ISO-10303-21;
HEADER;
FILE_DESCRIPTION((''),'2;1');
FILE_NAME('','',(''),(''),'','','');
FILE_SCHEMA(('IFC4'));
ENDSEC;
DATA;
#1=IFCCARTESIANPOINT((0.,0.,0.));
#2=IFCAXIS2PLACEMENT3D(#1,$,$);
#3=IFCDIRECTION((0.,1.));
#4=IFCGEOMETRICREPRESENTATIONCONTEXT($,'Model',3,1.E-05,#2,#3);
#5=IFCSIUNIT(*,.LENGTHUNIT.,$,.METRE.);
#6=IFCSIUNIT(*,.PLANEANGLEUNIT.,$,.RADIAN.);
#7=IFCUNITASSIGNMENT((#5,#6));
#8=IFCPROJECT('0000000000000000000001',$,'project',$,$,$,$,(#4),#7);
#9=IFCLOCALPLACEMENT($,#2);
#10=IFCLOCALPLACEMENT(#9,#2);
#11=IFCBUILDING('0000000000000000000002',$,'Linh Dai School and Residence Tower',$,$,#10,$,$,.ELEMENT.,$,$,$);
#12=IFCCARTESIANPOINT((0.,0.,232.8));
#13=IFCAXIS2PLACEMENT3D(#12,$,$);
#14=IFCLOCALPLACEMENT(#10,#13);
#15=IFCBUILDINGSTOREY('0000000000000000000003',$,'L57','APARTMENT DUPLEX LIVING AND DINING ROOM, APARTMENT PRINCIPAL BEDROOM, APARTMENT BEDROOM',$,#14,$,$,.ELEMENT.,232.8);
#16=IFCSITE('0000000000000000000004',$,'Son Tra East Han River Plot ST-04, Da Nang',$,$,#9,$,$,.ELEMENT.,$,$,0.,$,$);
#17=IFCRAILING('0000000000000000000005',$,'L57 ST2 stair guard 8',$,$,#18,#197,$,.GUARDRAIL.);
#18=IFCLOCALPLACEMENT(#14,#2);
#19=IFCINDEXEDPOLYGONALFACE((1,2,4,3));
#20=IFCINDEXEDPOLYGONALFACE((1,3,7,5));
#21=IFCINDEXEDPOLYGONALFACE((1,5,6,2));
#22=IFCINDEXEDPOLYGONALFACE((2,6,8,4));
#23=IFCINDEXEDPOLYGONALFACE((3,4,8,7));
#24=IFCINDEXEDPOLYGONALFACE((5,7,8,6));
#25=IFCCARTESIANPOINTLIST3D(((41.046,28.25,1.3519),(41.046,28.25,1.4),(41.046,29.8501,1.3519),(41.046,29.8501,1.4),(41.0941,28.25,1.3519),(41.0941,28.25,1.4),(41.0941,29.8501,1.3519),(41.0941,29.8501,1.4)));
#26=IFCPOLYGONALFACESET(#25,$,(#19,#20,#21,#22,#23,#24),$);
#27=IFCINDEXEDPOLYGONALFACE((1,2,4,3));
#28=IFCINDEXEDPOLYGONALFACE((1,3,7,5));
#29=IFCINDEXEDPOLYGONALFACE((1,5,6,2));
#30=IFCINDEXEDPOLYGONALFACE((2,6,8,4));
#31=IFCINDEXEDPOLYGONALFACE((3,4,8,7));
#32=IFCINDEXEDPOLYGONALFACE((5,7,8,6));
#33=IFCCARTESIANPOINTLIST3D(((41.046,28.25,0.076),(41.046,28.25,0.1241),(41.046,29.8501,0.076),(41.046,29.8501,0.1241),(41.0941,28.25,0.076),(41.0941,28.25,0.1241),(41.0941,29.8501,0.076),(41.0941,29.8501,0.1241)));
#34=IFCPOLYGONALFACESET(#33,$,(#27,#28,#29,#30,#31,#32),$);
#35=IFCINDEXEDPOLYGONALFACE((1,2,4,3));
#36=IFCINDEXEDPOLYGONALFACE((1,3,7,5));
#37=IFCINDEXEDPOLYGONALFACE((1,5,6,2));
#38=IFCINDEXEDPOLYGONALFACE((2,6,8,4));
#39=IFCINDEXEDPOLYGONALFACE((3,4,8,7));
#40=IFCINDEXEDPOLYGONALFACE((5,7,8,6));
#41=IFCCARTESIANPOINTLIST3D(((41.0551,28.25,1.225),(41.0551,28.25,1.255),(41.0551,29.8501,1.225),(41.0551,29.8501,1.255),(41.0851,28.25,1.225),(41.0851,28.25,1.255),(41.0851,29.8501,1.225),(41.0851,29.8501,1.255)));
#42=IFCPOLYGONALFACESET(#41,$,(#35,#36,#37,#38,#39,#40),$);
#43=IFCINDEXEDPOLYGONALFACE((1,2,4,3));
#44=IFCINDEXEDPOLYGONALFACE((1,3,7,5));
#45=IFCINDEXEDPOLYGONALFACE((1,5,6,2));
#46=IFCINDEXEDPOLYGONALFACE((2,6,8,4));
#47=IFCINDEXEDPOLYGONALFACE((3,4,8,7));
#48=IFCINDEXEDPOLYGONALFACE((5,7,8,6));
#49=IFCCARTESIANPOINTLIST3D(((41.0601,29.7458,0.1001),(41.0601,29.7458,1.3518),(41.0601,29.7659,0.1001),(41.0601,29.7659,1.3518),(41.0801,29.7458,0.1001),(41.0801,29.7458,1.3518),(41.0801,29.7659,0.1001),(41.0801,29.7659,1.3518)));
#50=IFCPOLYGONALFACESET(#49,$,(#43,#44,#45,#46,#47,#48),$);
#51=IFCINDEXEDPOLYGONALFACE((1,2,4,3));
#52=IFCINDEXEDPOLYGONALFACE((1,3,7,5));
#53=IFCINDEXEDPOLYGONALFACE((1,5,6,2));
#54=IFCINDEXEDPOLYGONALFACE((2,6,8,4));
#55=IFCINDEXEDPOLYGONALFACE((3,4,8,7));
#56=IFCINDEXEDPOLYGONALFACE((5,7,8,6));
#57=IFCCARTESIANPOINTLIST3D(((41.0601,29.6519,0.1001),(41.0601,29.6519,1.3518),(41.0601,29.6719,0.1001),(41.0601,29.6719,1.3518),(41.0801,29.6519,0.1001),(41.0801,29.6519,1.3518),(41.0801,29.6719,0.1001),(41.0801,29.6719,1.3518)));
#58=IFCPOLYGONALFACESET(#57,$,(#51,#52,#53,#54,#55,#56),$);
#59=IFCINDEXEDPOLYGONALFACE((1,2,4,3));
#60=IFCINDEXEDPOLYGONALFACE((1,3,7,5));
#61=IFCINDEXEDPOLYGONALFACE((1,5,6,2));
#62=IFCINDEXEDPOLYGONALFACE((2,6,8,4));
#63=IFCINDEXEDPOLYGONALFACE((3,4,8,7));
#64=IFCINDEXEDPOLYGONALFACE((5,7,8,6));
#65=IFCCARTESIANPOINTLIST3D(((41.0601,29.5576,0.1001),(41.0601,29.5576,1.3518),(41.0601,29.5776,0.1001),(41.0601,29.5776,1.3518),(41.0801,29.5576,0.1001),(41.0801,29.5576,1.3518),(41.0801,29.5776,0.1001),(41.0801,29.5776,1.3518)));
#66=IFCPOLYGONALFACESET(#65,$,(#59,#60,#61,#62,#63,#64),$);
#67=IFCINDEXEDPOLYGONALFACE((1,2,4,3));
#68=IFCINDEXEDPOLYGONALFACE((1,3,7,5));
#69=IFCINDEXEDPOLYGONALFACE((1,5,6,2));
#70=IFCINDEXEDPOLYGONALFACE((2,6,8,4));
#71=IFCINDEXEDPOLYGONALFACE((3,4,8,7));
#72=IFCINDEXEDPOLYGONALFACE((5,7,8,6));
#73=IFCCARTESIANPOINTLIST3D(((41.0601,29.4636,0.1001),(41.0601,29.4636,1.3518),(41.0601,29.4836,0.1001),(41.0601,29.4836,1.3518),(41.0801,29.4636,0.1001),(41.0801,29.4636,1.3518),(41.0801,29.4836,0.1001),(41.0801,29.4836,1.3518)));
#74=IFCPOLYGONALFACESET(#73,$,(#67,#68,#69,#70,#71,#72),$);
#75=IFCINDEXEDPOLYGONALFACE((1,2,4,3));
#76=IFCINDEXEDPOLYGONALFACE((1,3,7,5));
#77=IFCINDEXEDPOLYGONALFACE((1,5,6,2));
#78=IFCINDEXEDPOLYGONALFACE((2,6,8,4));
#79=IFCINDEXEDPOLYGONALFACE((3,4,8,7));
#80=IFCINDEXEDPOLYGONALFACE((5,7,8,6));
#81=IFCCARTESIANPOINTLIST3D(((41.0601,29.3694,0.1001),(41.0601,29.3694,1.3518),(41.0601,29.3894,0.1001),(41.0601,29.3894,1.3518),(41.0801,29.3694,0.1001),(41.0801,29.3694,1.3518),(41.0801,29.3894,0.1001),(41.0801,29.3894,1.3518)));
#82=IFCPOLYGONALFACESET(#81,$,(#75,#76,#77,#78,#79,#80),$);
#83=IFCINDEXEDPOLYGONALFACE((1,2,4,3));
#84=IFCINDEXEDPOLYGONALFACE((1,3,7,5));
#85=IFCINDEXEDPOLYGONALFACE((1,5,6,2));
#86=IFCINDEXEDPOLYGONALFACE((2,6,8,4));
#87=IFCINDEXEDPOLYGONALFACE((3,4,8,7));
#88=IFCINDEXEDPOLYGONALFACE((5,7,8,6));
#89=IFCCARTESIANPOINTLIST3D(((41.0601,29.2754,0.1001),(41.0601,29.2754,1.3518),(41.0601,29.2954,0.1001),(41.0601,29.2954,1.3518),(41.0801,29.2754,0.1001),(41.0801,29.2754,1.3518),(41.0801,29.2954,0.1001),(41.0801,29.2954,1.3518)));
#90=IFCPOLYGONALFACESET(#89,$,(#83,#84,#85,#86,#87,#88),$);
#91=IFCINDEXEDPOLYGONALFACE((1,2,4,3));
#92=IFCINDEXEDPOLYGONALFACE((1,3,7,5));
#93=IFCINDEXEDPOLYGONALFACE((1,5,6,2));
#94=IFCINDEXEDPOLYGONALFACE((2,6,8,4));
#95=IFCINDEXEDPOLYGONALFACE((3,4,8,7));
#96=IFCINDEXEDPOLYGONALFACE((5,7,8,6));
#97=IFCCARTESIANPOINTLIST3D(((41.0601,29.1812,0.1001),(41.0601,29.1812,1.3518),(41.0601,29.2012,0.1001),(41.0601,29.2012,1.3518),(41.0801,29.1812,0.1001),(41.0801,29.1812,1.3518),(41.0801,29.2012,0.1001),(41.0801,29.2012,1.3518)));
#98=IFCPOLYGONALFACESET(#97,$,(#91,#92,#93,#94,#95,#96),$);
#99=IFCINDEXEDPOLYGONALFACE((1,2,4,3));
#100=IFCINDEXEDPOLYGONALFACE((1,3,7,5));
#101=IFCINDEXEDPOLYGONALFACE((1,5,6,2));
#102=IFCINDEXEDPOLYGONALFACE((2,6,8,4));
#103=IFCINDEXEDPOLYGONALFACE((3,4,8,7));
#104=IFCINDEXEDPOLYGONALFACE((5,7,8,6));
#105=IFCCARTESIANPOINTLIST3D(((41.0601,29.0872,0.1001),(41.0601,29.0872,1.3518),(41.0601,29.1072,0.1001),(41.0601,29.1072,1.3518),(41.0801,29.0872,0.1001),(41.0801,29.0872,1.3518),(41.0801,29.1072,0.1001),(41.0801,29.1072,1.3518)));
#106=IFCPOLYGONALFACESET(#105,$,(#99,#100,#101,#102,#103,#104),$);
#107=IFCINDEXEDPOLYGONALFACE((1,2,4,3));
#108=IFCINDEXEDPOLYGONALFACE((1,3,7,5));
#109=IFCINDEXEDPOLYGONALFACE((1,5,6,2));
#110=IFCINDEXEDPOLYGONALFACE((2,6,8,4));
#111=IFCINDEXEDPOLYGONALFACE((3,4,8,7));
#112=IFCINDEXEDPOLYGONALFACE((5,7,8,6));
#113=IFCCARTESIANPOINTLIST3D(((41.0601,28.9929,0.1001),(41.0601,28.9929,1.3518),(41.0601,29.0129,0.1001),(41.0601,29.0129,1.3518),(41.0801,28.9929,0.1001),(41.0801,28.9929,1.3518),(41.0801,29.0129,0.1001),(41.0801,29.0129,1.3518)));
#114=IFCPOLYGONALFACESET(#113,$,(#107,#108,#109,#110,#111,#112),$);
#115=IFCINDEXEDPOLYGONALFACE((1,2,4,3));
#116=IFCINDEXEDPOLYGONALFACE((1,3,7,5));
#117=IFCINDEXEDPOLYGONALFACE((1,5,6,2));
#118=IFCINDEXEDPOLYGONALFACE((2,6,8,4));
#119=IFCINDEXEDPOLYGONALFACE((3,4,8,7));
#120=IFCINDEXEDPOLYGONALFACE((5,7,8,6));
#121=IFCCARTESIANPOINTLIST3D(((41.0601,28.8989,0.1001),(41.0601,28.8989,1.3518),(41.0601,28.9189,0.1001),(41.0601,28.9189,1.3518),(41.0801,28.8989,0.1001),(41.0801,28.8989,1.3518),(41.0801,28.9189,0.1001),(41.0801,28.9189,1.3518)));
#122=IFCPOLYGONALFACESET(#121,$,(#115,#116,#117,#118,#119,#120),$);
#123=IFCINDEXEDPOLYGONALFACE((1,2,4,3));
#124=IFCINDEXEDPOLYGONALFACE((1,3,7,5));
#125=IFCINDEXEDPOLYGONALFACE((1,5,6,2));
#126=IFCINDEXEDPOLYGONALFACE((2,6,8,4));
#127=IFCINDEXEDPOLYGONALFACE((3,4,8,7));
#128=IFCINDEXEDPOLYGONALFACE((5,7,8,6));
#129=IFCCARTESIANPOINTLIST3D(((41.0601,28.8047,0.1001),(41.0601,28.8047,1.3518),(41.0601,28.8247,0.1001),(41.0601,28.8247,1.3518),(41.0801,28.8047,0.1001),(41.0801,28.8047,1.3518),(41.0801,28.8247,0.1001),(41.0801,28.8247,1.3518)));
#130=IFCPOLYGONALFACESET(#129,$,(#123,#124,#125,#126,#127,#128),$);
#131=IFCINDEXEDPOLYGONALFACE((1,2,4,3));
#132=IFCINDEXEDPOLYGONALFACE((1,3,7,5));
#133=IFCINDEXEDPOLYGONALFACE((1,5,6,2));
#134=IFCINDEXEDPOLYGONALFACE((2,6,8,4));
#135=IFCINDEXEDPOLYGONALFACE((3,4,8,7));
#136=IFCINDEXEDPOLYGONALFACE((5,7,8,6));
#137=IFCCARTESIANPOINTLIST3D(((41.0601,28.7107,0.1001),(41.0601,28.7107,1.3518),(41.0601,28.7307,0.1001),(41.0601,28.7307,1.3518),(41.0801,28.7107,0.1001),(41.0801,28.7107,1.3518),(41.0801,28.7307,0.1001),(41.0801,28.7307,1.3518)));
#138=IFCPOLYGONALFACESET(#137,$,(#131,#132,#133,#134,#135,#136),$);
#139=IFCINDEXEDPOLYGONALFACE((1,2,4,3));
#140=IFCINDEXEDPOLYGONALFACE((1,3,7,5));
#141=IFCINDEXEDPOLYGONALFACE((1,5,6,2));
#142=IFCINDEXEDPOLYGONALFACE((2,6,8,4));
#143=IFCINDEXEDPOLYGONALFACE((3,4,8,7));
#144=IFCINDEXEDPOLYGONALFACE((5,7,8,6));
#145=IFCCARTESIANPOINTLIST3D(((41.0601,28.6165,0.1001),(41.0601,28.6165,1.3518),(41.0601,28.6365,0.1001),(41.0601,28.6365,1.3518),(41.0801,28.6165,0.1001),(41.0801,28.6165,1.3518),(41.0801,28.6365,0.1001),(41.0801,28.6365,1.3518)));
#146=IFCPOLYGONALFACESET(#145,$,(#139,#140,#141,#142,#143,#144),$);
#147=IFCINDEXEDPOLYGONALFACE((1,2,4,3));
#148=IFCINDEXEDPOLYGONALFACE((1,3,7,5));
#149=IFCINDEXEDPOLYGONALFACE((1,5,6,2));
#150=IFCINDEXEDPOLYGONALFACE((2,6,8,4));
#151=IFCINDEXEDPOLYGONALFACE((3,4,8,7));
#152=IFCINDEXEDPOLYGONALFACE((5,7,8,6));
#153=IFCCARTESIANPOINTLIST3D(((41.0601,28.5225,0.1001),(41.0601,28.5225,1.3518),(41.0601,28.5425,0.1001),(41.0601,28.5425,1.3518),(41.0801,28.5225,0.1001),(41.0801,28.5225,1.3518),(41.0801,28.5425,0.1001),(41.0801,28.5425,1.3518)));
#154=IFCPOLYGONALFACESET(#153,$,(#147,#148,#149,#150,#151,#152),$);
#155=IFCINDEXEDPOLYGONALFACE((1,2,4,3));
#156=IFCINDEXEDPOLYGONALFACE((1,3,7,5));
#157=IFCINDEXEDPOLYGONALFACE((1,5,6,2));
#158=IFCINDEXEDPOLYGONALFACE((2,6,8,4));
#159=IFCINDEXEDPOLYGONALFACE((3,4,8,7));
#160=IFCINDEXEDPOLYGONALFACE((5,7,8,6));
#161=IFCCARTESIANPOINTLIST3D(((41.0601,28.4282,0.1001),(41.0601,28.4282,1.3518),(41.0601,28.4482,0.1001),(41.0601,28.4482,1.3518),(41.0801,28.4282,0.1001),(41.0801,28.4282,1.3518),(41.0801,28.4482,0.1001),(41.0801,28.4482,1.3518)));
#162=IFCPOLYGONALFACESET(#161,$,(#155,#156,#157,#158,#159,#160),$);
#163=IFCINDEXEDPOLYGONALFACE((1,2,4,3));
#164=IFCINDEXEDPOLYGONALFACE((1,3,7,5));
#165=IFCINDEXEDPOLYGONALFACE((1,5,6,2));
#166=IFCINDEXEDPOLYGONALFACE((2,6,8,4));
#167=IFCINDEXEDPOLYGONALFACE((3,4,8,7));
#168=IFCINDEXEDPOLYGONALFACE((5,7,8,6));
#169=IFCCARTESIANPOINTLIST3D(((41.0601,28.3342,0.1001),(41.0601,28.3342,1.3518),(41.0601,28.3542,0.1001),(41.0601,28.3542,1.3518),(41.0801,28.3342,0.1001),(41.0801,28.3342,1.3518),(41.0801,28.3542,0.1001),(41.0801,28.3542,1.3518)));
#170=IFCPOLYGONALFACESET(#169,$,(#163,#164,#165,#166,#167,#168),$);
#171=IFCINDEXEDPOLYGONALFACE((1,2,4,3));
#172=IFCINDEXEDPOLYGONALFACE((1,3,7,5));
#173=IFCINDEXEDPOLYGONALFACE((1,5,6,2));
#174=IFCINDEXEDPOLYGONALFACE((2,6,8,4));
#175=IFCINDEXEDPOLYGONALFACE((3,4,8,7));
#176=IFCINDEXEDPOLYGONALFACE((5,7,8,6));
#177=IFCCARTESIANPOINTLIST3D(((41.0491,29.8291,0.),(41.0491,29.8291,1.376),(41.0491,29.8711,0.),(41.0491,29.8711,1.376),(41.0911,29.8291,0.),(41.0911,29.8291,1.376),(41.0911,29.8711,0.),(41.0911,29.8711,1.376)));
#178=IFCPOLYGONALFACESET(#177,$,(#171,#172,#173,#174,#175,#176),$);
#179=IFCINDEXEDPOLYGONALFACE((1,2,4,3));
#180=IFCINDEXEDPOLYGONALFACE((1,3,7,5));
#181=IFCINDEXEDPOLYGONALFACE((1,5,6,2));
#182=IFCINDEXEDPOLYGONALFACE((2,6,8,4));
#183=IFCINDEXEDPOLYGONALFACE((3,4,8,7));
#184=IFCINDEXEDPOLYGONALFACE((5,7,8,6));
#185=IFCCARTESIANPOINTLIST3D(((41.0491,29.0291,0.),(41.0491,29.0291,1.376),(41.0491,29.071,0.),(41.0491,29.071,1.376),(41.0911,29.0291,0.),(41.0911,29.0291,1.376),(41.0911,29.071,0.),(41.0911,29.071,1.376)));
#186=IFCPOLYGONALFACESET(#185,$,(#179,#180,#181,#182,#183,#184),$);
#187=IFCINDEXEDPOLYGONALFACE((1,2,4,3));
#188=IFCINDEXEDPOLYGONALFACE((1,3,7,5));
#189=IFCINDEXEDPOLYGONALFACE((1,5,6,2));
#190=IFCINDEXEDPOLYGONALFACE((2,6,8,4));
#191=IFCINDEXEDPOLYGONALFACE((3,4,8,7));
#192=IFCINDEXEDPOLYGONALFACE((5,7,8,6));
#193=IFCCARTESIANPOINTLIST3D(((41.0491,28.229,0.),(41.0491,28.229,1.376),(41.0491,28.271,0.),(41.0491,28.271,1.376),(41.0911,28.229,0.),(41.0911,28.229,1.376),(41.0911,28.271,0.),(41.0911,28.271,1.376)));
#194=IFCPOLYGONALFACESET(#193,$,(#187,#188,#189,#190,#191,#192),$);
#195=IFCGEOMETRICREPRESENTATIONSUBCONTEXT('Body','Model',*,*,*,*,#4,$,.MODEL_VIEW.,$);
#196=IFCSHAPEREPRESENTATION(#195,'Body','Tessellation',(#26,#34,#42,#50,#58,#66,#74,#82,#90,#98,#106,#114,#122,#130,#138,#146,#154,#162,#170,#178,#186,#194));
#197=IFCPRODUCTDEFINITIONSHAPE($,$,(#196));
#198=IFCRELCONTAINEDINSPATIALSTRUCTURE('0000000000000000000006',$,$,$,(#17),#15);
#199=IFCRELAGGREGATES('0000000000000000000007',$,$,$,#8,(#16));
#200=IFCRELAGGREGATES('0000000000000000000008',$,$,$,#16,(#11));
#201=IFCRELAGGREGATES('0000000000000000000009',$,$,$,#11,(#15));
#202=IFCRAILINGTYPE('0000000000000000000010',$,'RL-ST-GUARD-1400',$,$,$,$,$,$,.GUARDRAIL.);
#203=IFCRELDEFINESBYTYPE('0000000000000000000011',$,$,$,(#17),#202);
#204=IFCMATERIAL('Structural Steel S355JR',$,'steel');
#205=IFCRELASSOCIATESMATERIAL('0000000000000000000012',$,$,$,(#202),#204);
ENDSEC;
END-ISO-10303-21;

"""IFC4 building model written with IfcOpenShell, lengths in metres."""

from ifc_helpers import new_model, si_unit, direction, frame, origin, origin_2d, place, context, subcontext, project, spatial, rectangle, extrude, source, transform, mapped, material, type_object, element, save


model = new_model("IFC4")

# Units and contexts
model_context = context("Model", 3, precision=1e-05, world=origin(), true_north=direction((0.0, 1.0)))
body_context = subcontext(model_context, "Body", "Model", "MODEL_VIEW")
ifc_project = project(units=[si_unit("LENGTHUNIT", "METRE"), si_unit("PLANEANGLEUNIT", "RADIAN")], contexts=[model_context])

# Site, building, storey
site_placement = place(None, origin())
site = spatial("IfcSite", under=ifc_project, at=site_placement, Name="Son Tra East Han River Plot ST-04, Da Nang", CompositionType="ELEMENT", RefElevation=0.0)
building_placement = place(site_placement, origin())
building = spatial("IfcBuilding", under=site, at=building_placement, Name="Linh Dai School and Residence Tower", CompositionType="ELEMENT")
storey_placement = place(building_placement, frame((0.0, 0.0, 232.8)))
storey = spatial("IfcBuildingStorey", under=building, at=storey_placement, Name="L57", Description="APARTMENT DUPLEX LIVING AND DINING ROOM, APARTMENT PRINCIPAL BEDROOM, APARTMENT BEDROOM", CompositionType="ELEMENT", Elevation=232.8)

# Shared definitions
ifc_material_1 = material(Name="Structural Steel S355JR", Category="steel")

# Railing
railing_type_1 = type_object("IfcRailingType", Name="RL-ST-GUARD-1400", PredefinedType="GUARDRAIL", material=ifc_material_1)
shared_shape_1 = source(origin(), body_context, "Body", "SweptSolid", [
    extrude(rectangle(XDim=0.0481, YDim=0.0481, at=origin_2d()), frame((0.0, 0.0, 1.376), z_axis=(0.0, -1.0, 0.0), x_axis=(1.0, 0.0, 0.0)), (0.0, 0.0, 1.0), 1.6001),
    extrude(rectangle(XDim=0.0481, YDim=0.0481, at=origin_2d()), frame((0.0, 0.0, 0.1001), z_axis=(0.0, -1.0, 0.0), x_axis=(1.0, 0.0, 0.0)), (0.0, 0.0, 1.0), 1.6001),
    extrude(rectangle(XDim=0.03, YDim=0.03, at=origin_2d()), frame((0.0, 0.0, 1.24), z_axis=(0.0, -1.0, 0.0), x_axis=(1.0, 0.0, 0.0)), (0.0, 0.0, 1.0), 1.6001),
    extrude(rectangle(XDim=0.02, YDim=0.02, at=origin_2d()), frame((0.0, -0.0942, 0.1001)), (0.0, 0.0, 1.0), 1.2517),
    extrude(rectangle(XDim=0.02, YDim=0.02, at=origin_2d()), frame((0.0, -0.1882, 0.1001)), (0.0, 0.0, 1.0), 1.2517),
    extrude(rectangle(XDim=0.02, YDim=0.02, at=origin_2d()), frame((0.0, -0.2825, 0.1001)), (0.0, 0.0, 1.0), 1.2517),
    extrude(rectangle(XDim=0.02, YDim=0.02, at=origin_2d()), frame((0.0, -0.3765, 0.1001)), (0.0, 0.0, 1.0), 1.2517),
    extrude(rectangle(XDim=0.02, YDim=0.02, at=origin_2d()), frame((0.0, -0.4707, 0.1001)), (0.0, 0.0, 1.0), 1.2517),
    extrude(rectangle(XDim=0.02, YDim=0.02, at=origin_2d()), frame((0.0, -0.5647, 0.1001)), (0.0, 0.0, 1.0), 1.2517),
    extrude(rectangle(XDim=0.02, YDim=0.02, at=origin_2d()), frame((0.0, -0.6589, 0.1001)), (0.0, 0.0, 1.0), 1.2517),
    extrude(rectangle(XDim=0.02, YDim=0.02, at=origin_2d()), frame((0.0, -0.7529, 0.1001)), (0.0, 0.0, 1.0), 1.2517),
    extrude(rectangle(XDim=0.02, YDim=0.02, at=origin_2d()), frame((0.0, -0.8472, 0.1001)), (0.0, 0.0, 1.0), 1.2517),
    extrude(rectangle(XDim=0.02, YDim=0.02, at=origin_2d()), frame((0.0, -0.9412, 0.1001)), (0.0, 0.0, 1.0), 1.2517),
    extrude(rectangle(XDim=0.02, YDim=0.02, at=origin_2d()), frame((0.0, -1.0354, 0.1001)), (0.0, 0.0, 1.0), 1.2517),
    extrude(rectangle(XDim=0.02, YDim=0.02, at=origin_2d()), frame((0.0, -1.1294, 0.1001)), (0.0, 0.0, 1.0), 1.2517),
    extrude(rectangle(XDim=0.02, YDim=0.02, at=origin_2d()), frame((0.0, -1.2236, 0.1001)), (0.0, 0.0, 1.0), 1.2517),
    extrude(rectangle(XDim=0.02, YDim=0.02, at=origin_2d()), frame((0.0, -1.3176, 0.1001)), (0.0, 0.0, 1.0), 1.2517),
    extrude(rectangle(XDim=0.02, YDim=0.02, at=origin_2d()), frame((0.0, -1.4119, 0.1001)), (0.0, 0.0, 1.0), 1.2517),
    extrude(rectangle(XDim=0.02, YDim=0.02, at=origin_2d()), frame((0.0, -1.5059, 0.1001)), (0.0, 0.0, 1.0), 1.2517),
    extrude(rectangle(XDim=0.042, YDim=0.042, at=origin_2d()), origin(), (0.0, 0.0, 1.0), 1.376),
    extrude(rectangle(XDim=0.042, YDim=0.042, at=origin_2d()), frame((0.0, -0.8, 0.0)), (0.0, 0.0, 1.0), 1.376),
    extrude(rectangle(XDim=0.042, YDim=0.042, at=origin_2d()), frame((0.0, -1.6001, 0.0)), (0.0, 0.0, 1.0), 1.376),
])
for number, where, name in (
    (1, (41.0701, 29.8501, 0.0), "L57 ST2 stair guard 8"),
):
    element("IfcRailing", number, at=place(storey_placement, frame(where)), inside=storey, type_object=railing_type_1, Name=name, PredefinedType="GUARDRAIL", context=body_context, shape_type="MappedRepresentation", body=[
        mapped(shared_shape_1, transform((0.0, 0.0, 0.0), x_axis=(1.0, 0.0, 0.0), y_axis=(0.0, 1.0, 0.0), z_axis=(0.0, 0.0, 1.0), scale=1.0)),
    ])

save(model, "model.ifc")
